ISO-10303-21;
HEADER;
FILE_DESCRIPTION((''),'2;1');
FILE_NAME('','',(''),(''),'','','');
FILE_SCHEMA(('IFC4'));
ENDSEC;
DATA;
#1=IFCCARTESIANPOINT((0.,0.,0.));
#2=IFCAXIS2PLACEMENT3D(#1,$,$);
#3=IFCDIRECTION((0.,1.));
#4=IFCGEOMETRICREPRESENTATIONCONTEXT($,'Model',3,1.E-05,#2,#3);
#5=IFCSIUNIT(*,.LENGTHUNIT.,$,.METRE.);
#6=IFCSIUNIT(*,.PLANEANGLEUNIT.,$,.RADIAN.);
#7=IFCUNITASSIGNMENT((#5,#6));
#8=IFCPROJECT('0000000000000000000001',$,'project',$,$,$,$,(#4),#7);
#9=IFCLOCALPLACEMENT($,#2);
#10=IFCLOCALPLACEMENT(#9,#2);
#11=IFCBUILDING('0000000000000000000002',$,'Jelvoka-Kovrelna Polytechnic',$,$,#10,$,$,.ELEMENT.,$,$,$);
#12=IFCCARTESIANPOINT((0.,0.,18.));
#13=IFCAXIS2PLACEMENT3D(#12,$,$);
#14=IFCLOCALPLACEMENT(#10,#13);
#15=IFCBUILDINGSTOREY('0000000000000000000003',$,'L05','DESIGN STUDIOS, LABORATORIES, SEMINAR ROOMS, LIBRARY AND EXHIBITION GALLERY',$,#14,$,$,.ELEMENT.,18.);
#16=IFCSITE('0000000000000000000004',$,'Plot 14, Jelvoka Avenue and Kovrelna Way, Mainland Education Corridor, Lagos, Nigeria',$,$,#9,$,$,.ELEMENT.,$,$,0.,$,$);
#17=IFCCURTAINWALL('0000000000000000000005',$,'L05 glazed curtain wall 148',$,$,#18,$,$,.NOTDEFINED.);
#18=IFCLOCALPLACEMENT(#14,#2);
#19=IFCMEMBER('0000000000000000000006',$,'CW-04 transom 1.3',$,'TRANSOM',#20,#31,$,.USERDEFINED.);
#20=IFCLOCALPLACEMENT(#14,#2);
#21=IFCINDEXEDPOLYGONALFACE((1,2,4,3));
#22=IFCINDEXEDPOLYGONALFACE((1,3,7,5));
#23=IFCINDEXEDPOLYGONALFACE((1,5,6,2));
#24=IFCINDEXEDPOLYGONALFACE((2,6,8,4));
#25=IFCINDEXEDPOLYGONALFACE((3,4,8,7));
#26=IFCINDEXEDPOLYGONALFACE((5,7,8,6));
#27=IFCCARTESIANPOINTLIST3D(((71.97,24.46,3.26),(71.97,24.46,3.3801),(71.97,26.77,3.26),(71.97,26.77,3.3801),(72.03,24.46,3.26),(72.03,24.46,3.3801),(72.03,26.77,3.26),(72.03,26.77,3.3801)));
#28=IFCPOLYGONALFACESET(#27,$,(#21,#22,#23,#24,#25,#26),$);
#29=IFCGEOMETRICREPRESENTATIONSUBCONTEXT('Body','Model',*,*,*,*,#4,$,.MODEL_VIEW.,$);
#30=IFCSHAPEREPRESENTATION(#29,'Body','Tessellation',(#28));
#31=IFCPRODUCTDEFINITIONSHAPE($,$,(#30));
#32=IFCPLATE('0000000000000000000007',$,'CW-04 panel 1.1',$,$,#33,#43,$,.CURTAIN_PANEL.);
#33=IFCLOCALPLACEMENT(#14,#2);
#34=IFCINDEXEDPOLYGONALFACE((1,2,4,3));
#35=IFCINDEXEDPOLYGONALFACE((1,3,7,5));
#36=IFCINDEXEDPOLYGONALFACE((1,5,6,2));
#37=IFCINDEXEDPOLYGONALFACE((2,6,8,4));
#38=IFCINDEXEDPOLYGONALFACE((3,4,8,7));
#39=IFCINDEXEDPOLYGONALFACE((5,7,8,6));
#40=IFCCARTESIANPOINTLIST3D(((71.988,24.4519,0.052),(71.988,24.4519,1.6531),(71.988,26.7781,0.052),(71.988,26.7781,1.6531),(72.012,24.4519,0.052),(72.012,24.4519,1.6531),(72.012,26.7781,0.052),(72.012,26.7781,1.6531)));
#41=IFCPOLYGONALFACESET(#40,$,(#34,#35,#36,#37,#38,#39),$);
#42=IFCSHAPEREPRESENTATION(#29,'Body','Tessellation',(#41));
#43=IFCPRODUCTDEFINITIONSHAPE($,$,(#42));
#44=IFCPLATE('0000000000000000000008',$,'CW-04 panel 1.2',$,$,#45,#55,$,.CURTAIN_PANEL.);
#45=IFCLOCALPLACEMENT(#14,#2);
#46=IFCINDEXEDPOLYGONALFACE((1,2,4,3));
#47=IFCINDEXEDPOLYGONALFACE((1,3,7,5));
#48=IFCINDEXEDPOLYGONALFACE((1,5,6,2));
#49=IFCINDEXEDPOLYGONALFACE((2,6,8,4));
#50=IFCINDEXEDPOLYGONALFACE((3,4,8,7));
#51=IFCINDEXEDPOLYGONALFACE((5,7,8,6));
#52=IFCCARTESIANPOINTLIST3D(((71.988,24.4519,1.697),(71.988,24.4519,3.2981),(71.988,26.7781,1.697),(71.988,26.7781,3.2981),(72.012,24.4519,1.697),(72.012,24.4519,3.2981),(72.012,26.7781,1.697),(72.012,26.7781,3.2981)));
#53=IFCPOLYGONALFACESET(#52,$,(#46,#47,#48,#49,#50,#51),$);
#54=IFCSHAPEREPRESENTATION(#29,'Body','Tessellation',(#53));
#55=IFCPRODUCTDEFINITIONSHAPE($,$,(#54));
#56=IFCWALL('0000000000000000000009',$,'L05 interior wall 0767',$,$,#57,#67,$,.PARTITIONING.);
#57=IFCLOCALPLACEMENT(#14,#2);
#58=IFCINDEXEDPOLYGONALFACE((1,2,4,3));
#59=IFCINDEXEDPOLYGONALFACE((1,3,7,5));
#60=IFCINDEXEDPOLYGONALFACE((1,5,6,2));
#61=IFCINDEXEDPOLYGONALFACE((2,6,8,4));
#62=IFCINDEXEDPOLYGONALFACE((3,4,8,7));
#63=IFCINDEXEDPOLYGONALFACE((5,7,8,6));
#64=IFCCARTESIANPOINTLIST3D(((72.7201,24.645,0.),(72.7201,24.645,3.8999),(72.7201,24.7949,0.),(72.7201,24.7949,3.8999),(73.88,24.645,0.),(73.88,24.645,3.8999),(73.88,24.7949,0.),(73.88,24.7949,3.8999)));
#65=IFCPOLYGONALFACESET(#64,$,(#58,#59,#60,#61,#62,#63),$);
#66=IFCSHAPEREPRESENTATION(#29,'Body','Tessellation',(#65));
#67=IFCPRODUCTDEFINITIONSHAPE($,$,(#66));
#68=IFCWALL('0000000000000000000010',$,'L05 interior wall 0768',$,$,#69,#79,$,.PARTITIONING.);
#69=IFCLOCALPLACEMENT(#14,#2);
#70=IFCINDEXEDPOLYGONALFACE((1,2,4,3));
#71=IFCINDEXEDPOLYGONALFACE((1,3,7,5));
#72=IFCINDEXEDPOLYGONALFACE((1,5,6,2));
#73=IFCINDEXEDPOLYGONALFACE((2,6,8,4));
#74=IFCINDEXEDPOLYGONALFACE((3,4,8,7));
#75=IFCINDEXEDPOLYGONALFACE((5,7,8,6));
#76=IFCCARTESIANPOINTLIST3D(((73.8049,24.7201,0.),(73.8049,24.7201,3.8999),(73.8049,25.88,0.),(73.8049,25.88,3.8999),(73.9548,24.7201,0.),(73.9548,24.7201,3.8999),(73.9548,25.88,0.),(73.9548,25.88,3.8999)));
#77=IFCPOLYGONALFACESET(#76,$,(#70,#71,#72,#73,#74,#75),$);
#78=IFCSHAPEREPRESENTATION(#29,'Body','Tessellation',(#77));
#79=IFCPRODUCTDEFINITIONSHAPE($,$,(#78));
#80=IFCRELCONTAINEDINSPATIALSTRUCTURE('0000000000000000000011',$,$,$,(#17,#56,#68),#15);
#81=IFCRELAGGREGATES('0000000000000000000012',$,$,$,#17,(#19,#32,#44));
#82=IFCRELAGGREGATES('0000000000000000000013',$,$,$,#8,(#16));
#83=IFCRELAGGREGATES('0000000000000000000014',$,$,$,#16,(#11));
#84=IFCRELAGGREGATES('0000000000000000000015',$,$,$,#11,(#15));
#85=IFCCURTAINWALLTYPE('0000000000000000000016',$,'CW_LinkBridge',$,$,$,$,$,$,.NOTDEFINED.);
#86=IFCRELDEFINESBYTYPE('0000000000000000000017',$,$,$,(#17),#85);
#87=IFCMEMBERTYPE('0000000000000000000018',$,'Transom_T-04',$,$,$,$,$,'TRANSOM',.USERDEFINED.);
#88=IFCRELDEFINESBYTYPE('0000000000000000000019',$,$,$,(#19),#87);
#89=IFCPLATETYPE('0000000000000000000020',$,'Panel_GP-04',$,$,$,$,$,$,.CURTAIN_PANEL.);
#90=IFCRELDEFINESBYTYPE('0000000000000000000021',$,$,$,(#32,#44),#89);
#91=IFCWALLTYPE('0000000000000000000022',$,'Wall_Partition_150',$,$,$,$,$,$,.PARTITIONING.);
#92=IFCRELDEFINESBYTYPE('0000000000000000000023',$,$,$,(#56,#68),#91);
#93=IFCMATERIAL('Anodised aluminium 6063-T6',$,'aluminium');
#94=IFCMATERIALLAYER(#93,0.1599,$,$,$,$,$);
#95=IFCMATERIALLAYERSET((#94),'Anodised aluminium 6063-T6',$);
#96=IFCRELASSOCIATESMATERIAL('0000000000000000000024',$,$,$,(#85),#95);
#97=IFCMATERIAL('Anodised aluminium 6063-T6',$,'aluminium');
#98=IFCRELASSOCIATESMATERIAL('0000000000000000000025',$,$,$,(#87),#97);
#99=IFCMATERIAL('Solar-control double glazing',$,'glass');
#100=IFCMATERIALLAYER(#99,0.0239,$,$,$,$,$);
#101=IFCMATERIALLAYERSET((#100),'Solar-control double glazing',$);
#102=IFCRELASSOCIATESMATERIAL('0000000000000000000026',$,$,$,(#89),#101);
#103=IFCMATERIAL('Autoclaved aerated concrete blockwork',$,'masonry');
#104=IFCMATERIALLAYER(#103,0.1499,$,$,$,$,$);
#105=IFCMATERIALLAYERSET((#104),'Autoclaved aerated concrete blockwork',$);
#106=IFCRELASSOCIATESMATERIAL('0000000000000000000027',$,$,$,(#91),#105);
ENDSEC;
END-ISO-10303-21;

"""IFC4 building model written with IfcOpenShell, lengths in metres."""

from ifc_helpers import new_model, si_unit, direction, frame, frame_2d, origin, origin_2d, place, context, subcontext, project, spatial, rectangle, extrude, material, layer, layer_set, material_profile, profile_set, type_object, element, aggregate, save


model = new_model("IFC4")

# Units and contexts
model_context = context("Model", 3, precision=1e-05, world=origin(), true_north=direction((0.0, 1.0)))
body_context = subcontext(model_context, "Body", "Model", "MODEL_VIEW")
ifc_project = project(units=[si_unit("LENGTHUNIT", "METRE"), si_unit("PLANEANGLEUNIT", "RADIAN")], contexts=[model_context])

# Site, building, storey
site_placement = place(None, origin())
site = spatial("IfcSite", under=ifc_project, at=site_placement, Name="Plot 14, Jelvoka Avenue and Kovrelna Way, Mainland Education Corridor, Lagos, Nigeria", CompositionType="ELEMENT", RefElevation=0.0)
building_placement = place(site_placement, origin())
building = spatial("IfcBuilding", under=site, at=building_placement, Name="Jelvoka-Kovrelna Polytechnic", CompositionType="ELEMENT")
storey_placement = place(building_placement, frame((0.0, 0.0, 18.0)))
storey = spatial("IfcBuildingStorey", under=building, at=storey_placement, Name="L05", Description="DESIGN STUDIOS, LABORATORIES, SEMINAR ROOMS, LIBRARY AND EXHIBITION GALLERY", CompositionType="ELEMENT", Elevation=18.0)

# Curtain wall
ifc_material_1 = material(Name="Anodised aluminium 6063-T6", Category="aluminium")
ifc_layer_1 = layer(ifc_material_1, 0.1599)
ifc_layer_set_1 = layer_set([ifc_layer_1], Name="Anodised aluminium 6063-T6")
curtain_wall_type = type_object("IfcCurtainWallType", Name="CW_LinkBridge", PredefinedType="NOTDEFINED", material=ifc_layer_set_1)
curtain_wall_placement = place(storey_placement, origin())
curtain_wall = element("IfcCurtainWall", 1, at=curtain_wall_placement, inside=storey, type_object=curtain_wall_type, Name="L05 glazed curtain wall 148", PredefinedType="NOTDEFINED")

# Member
ifc_material_2 = material(Name="Anodised aluminium 6063-T6", Category="aluminium")
ifc_material_profile_1 = material_profile(ifc_material_2, rectangle(XDim=0.0601, YDim=0.1201, at=origin_2d()), Name="ALU 60x120")
ifc_profile_set_1 = profile_set([ifc_material_profile_1], Name="Anodised aluminium 6063-T6")
member_type_1 = type_object("IfcMemberType", Name="Transom_T-04", ElementType="TRANSOM", PredefinedType="USERDEFINED", material=ifc_profile_set_1)
member_1_placement = place(storey_placement, frame((72.0, 24.46, 3.3201), z_axis=(0.0, 1.0, 0.0), x_axis=(-1.0, 0.0, 0.0)))
member_1 = element("IfcMember", 2, at=member_1_placement, type_object=member_type_1, Name="CW-04 transom 1.3", ObjectType="TRANSOM", PredefinedType="USERDEFINED", context=body_context, shape_type="SweptSolid", body=[
    extrude(rectangle(XDim=0.0601, YDim=0.1201, at=origin_2d()), origin(), (0.0, 0.0, 1.0), 2.3101),
])

# Plates
ifc_material_3 = material(Name="Solar-control double glazing", Category="glass")
ifc_layer_2 = layer(ifc_material_3, 0.0239)
ifc_layer_set_2 = layer_set([ifc_layer_2], Name="Solar-control double glazing")
plate_type = type_object("IfcPlateType", Name="Panel_GP-04", PredefinedType="CURTAIN_PANEL", material=ifc_layer_set_2)
plate_1_placement = place(storey_placement, frame((72.0, 25.615, 0.052), z_axis=(0.0, 0.0, 1.0), x_axis=(0.0, 1.0, 0.0)))
plate_1 = element("IfcPlate", 3, at=plate_1_placement, type_object=plate_type, Name="CW-04 panel 1.1", PredefinedType="CURTAIN_PANEL", context=body_context, shape_type="SweptSolid", body=[
    extrude(rectangle(XDim=2.3262, YDim=0.0239, at=origin_2d()), origin(), (0.0, 0.0, 1.0), 1.6011),
])
plate_2_placement = place(storey_placement, frame((72.0, 25.615, 1.697), z_axis=(0.0, 0.0, 1.0), x_axis=(0.0, 1.0, 0.0)))
plate_2 = element("IfcPlate", 4, at=plate_2_placement, type_object=plate_type, Name="CW-04 panel 1.2", PredefinedType="CURTAIN_PANEL", context=body_context, shape_type="SweptSolid", body=[
    extrude(rectangle(XDim=2.3262, YDim=0.0239, at=origin_2d()), origin(), (0.0, 0.0, 1.0), 1.6011),
])
aggregate(curtain_wall, [member_1, plate_1, plate_2])

# Walls
ifc_material_4 = material(Name="Autoclaved aerated concrete blockwork", Category="masonry")
ifc_layer_3 = layer(ifc_material_4, 0.1499)
ifc_layer_set_3 = layer_set([ifc_layer_3], Name="Autoclaved aerated concrete blockwork")
wall_type = type_object("IfcWallType", Name="Wall_Partition_150", PredefinedType="PARTITIONING", material=ifc_layer_set_3)
for number, where, z_axis, x_axis, name in (
    (5, (72.72, 24.72, 0.0), (0.0, 0.0, 1.0), (1.0, 0.0, 0.0), "L05 interior wall 0767"),
    (6, (73.8799, 24.72, 0.0), (0.0, 0.0, 1.0), (0.0, 1.0, 0.0), "L05 interior wall 0768"),
):
    element("IfcWall", number, at=place(storey_placement, frame(where, z_axis=z_axis, x_axis=x_axis)), inside=storey, type_object=wall_type, Name=name, PredefinedType="PARTITIONING", context=body_context, shape_type="SweptSolid", body=[
        extrude(rectangle(XDim=1.1599, YDim=0.1499, at=frame_2d((0.5801, 0.0))), origin(), (0.0, 0.0, 1.0), 3.8999),
    ])

save(model, "model.ifc")
